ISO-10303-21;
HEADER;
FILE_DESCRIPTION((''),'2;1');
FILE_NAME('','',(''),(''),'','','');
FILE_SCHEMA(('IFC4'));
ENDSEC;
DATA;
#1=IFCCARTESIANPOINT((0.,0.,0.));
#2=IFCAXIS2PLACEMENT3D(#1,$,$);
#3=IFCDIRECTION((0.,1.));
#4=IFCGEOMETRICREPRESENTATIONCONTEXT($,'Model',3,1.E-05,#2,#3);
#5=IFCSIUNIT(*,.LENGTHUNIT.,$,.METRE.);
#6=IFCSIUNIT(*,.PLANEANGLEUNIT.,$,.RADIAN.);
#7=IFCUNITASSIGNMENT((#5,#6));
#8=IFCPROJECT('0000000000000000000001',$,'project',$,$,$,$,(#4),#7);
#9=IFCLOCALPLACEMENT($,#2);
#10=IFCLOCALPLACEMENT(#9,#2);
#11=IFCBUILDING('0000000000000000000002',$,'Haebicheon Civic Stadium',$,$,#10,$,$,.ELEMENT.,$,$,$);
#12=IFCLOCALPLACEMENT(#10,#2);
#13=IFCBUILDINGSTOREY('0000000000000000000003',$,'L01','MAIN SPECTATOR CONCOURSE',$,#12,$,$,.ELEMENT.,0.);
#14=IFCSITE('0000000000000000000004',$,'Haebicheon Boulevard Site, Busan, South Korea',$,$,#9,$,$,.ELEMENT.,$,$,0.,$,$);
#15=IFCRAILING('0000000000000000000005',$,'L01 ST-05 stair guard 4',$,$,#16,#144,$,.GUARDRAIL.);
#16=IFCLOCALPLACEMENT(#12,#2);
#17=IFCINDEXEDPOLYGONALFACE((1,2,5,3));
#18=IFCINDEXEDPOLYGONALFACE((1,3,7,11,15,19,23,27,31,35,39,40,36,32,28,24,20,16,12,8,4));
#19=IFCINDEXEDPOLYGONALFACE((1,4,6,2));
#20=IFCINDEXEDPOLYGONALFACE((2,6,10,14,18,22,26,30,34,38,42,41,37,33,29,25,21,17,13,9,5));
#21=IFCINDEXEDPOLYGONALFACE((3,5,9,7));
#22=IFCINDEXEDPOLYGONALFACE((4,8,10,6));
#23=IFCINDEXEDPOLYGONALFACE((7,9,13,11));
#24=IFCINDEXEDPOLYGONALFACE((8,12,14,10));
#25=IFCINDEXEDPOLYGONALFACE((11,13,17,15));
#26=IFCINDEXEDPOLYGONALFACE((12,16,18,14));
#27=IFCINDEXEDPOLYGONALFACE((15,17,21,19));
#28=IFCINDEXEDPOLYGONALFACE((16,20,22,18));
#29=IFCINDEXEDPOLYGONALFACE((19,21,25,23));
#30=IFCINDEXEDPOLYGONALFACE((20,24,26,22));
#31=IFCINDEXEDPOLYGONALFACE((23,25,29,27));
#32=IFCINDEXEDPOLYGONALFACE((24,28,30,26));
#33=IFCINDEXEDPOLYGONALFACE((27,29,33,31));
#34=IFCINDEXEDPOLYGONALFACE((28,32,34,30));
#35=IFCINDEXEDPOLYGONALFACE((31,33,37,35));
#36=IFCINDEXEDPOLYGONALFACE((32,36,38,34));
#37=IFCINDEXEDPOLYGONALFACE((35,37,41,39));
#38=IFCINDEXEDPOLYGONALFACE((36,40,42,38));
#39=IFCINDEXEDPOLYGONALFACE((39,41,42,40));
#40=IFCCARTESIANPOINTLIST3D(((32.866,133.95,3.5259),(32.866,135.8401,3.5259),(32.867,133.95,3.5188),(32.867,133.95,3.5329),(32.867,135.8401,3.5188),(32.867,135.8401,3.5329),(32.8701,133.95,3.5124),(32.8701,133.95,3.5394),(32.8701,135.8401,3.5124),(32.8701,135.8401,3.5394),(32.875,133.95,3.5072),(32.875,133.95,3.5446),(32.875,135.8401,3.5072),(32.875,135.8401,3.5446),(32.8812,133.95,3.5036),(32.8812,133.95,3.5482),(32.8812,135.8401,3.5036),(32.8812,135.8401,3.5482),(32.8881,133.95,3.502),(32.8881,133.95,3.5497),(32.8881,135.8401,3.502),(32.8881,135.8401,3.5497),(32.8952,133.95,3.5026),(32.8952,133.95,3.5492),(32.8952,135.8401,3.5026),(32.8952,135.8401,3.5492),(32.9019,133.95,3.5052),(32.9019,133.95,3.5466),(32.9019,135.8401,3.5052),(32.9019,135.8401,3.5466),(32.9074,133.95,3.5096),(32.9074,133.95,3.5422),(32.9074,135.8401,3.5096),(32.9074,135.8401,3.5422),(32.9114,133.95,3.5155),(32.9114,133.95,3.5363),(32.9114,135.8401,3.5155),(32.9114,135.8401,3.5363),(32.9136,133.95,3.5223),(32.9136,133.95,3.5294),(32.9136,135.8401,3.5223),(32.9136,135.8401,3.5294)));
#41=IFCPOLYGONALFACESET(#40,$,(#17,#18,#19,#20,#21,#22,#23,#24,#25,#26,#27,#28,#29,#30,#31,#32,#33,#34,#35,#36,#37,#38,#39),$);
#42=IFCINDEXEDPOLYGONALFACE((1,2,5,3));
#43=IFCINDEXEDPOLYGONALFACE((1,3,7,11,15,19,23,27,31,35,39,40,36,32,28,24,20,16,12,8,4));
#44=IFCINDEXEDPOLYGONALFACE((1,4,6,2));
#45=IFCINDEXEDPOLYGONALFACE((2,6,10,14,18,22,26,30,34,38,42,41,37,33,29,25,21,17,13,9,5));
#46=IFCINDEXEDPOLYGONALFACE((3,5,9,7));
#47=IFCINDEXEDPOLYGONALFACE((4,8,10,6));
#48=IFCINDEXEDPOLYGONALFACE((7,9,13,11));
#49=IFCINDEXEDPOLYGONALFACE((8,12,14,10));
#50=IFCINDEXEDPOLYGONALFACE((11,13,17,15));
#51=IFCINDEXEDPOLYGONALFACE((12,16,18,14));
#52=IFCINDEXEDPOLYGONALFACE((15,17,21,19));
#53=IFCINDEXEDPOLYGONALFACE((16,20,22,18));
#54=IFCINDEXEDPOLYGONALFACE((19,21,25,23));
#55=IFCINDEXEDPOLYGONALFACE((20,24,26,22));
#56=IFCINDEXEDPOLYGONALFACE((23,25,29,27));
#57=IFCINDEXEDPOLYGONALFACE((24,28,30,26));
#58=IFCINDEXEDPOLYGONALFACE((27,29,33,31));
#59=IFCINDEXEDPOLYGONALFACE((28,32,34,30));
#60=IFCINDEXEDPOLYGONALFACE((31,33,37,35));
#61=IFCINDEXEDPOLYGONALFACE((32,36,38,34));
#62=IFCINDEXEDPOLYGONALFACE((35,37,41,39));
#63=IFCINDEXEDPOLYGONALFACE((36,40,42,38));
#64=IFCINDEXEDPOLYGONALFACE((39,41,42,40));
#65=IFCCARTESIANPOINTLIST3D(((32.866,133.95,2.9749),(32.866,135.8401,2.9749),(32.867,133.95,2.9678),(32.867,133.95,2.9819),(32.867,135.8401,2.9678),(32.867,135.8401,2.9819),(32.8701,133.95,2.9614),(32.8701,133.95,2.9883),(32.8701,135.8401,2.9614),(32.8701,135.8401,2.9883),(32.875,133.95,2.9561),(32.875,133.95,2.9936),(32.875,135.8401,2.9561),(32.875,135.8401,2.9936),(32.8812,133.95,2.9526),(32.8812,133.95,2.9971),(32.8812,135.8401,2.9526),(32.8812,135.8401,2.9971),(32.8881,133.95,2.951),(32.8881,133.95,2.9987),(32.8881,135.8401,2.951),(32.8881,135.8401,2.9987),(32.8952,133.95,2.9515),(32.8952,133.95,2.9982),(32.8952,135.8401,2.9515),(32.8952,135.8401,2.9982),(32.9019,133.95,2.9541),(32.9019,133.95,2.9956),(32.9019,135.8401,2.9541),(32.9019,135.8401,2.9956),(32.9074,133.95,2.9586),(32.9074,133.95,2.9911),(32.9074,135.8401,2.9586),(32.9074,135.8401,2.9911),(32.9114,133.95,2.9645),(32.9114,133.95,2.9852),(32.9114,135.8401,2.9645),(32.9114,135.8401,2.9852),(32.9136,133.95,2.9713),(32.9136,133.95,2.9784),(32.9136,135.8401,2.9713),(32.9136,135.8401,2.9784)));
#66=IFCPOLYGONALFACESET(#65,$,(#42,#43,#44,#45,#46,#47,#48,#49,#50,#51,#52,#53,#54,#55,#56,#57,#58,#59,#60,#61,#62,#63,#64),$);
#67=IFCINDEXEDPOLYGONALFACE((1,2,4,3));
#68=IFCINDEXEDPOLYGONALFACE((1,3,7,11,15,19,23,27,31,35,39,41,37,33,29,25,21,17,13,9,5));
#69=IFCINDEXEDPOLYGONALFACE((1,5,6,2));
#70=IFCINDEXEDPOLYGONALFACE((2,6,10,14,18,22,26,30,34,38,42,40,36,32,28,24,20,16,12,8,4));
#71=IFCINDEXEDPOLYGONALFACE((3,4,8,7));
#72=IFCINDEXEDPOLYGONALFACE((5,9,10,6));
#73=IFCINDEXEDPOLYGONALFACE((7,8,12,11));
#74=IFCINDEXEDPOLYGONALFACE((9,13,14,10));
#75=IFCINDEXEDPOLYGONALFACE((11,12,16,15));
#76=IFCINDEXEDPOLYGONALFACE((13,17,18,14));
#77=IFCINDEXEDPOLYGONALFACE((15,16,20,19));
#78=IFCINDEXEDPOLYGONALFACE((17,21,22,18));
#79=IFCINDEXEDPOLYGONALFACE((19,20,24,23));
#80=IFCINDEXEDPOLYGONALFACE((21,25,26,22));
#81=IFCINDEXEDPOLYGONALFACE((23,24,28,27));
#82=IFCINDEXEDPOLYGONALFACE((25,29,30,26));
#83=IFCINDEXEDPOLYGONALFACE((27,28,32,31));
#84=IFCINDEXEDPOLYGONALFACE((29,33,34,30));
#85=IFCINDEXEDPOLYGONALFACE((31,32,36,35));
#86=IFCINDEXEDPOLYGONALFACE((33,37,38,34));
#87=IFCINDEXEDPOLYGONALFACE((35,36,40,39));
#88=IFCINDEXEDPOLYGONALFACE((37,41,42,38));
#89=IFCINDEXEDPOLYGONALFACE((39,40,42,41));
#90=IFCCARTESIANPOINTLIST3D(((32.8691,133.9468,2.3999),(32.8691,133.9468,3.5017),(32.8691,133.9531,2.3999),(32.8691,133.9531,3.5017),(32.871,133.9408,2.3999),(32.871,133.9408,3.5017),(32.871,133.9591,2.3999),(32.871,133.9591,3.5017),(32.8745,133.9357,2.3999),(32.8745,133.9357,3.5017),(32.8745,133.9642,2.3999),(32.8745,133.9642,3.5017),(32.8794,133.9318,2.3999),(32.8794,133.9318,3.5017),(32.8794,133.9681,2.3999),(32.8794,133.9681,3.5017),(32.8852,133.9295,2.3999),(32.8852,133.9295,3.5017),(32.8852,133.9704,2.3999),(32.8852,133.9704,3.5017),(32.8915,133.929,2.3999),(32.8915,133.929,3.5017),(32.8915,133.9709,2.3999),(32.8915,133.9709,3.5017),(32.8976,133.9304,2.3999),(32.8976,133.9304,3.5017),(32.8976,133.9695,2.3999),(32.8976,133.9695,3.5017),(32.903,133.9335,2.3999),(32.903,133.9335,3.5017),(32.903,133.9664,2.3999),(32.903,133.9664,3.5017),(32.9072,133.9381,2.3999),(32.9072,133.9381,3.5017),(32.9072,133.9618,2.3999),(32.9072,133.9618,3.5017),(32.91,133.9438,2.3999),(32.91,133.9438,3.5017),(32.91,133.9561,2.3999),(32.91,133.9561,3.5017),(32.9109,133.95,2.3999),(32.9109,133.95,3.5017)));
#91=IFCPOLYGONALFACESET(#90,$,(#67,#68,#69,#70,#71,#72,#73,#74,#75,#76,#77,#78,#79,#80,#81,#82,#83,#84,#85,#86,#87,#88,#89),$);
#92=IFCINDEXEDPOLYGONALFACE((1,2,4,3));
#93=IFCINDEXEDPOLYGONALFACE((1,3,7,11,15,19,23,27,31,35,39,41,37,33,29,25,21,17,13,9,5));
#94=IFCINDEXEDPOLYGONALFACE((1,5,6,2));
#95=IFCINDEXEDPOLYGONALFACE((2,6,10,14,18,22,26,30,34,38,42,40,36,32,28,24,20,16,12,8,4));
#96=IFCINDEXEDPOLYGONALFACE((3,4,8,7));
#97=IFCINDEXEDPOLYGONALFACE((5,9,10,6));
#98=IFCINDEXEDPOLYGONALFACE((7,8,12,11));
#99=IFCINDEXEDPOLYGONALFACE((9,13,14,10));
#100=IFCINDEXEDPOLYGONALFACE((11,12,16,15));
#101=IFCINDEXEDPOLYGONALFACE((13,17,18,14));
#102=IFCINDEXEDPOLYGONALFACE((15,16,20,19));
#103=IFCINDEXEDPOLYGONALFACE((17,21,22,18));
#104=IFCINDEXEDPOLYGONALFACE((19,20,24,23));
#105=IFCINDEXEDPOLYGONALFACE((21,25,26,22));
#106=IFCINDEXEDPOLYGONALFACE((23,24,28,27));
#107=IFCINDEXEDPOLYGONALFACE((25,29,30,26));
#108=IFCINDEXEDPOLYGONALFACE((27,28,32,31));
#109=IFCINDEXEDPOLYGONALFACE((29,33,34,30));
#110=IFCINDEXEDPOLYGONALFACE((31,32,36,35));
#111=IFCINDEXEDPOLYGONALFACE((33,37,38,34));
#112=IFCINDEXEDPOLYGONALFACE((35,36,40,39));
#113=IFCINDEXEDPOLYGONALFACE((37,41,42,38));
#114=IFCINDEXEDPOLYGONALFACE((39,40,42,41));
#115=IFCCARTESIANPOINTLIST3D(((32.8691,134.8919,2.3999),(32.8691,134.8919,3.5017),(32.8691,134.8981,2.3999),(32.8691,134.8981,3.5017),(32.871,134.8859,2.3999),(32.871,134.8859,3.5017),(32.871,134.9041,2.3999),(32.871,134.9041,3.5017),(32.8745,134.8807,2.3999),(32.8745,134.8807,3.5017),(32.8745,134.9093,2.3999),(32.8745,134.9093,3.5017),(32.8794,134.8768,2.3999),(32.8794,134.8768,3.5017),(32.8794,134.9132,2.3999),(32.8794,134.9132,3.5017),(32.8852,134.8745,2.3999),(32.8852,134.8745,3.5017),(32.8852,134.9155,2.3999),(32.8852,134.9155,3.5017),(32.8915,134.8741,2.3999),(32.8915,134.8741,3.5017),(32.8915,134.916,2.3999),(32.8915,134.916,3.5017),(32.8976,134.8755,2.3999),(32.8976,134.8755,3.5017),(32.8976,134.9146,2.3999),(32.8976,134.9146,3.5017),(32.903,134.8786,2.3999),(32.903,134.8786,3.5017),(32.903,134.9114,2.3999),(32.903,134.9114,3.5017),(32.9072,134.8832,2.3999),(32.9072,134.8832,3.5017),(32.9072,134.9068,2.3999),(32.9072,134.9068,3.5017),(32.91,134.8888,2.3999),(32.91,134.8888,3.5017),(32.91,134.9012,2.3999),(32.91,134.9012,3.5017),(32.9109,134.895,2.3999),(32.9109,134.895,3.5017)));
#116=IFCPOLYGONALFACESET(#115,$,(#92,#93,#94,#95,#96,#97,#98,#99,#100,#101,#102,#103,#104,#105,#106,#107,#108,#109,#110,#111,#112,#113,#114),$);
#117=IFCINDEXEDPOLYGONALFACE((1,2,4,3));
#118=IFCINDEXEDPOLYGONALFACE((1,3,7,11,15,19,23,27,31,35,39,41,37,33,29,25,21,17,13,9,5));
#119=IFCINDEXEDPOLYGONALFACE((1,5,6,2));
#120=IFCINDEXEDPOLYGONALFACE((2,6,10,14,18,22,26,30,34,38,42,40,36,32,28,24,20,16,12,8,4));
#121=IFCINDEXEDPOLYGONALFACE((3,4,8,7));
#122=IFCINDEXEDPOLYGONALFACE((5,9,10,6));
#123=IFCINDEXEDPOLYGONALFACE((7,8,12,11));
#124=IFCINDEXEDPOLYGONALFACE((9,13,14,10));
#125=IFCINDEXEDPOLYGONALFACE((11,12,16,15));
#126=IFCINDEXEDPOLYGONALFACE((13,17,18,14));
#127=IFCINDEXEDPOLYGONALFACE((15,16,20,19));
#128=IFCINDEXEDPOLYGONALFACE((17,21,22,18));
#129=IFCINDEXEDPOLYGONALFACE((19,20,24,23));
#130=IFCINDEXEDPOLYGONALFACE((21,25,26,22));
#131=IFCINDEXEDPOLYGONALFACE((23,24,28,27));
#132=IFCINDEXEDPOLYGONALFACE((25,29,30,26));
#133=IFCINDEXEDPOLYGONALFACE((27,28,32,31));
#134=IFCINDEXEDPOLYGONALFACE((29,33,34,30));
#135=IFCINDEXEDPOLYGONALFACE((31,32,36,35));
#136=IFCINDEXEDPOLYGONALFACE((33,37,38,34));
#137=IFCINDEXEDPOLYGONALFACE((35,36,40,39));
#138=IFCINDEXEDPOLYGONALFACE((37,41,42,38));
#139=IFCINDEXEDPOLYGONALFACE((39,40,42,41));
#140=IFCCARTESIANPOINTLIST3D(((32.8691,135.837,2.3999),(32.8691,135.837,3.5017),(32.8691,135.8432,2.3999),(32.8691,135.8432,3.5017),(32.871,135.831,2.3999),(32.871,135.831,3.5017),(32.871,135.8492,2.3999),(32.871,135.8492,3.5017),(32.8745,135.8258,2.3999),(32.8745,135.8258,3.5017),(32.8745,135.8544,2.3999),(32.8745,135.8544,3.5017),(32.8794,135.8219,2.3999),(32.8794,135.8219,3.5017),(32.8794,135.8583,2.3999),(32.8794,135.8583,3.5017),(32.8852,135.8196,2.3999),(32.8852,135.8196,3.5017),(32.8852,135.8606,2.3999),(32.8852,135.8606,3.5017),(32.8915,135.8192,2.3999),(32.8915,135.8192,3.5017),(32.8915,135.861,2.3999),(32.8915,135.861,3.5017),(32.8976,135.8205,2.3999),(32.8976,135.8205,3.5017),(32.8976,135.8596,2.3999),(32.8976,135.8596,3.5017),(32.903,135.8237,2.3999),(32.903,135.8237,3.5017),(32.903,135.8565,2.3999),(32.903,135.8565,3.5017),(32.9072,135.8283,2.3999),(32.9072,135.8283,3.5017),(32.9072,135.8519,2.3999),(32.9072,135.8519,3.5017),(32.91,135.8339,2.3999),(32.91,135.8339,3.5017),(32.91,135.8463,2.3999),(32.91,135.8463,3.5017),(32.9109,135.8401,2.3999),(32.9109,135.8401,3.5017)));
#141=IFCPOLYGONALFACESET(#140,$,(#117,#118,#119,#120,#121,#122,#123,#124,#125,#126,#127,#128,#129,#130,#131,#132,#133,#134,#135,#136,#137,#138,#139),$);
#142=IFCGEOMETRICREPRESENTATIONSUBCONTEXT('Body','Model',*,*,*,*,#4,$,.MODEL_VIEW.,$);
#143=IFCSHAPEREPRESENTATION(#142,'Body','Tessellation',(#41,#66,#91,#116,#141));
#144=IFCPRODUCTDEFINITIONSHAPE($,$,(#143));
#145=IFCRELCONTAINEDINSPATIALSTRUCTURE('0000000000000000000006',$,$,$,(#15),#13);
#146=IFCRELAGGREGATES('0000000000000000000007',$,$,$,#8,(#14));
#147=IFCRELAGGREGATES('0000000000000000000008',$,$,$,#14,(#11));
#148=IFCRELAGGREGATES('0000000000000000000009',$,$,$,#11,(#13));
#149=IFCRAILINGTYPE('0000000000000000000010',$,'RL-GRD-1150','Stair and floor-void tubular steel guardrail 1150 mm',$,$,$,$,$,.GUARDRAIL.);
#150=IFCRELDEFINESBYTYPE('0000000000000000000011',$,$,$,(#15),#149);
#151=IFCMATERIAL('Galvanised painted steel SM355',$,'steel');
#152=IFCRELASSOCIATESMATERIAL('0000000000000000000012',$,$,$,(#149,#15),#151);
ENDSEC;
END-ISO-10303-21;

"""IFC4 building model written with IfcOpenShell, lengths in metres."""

from ifc_helpers import new_model, si_unit, direction, frame, origin, origin_2d, place, context, subcontext, project, spatial, circle, extrude, material, type_object, element, save


model = new_model("IFC4")

# Units and contexts
model_context = context("Model", 3, precision=1e-05, world=origin(), true_north=direction((0.0, 1.0)))
body_context = subcontext(model_context, "Body", "Model", "MODEL_VIEW")
ifc_project = project(units=[si_unit("LENGTHUNIT", "METRE"), si_unit("PLANEANGLEUNIT", "RADIAN")], contexts=[model_context])

# Site, building, storey
site_placement = place(None, origin())
site = spatial("IfcSite", under=ifc_project, at=site_placement, Name="Haebicheon Boulevard Site, Busan, South Korea", CompositionType="ELEMENT", RefElevation=0.0)
building_placement = place(site_placement, origin())
building = spatial("IfcBuilding", under=site, at=building_placement, Name="Haebicheon Civic Stadium", CompositionType="ELEMENT")
storey_placement = place(building_placement, origin())
storey = spatial("IfcBuildingStorey", under=building, at=storey_placement, Name="L01", Description="MAIN SPECTATOR CONCOURSE", CompositionType="ELEMENT", Elevation=0.0)

# Railing
ifc_material_1 = material(Name="Galvanised painted steel SM355", Category="steel")
railing_type_1 = type_object("IfcRailingType", Name="RL-GRD-1150", Description="Stair and floor-void tubular steel guardrail 1150 mm", PredefinedType="GUARDRAIL", material=ifc_material_1)
railing_1_placement = place(storey_placement, frame((32.8899, 133.95, 2.3999)))
element("IfcRailing", 1, at=railing_1_placement, inside=storey, type_object=railing_type_1, material=ifc_material_1, Name="L01 ST-05 stair guard 4", PredefinedType="GUARDRAIL", context=body_context, shape_type="SweptSolid", body=[
    extrude(circle(Radius=0.0239, at=origin_2d()), frame((0.0, 0.0, 1.126), z_axis=(0.0, 1.0, 0.0), x_axis=(-1.0, 0.0, 0.0)), (0.0, 0.0, 1.0), 1.8901),
    extrude(circle(Radius=0.0239, at=origin_2d()), frame((0.0, 0.0, 0.575), z_axis=(0.0, 1.0, 0.0), x_axis=(-1.0, 0.0, 0.0)), (0.0, 0.0, 1.0), 1.8901),
    extrude(circle(Radius=0.021, at=origin_2d()), origin(), (0.0, 0.0, 1.0), 1.1018),
    extrude(circle(Radius=0.021, at=origin_2d()), frame((0.0, 0.9451, 0.0)), (0.0, 0.0, 1.0), 1.1018),
    extrude(circle(Radius=0.021, at=origin_2d()), frame((0.0, 1.8901, 0.0)), (0.0, 0.0, 1.0), 1.1018),
])

save(model, "model.ifc")
